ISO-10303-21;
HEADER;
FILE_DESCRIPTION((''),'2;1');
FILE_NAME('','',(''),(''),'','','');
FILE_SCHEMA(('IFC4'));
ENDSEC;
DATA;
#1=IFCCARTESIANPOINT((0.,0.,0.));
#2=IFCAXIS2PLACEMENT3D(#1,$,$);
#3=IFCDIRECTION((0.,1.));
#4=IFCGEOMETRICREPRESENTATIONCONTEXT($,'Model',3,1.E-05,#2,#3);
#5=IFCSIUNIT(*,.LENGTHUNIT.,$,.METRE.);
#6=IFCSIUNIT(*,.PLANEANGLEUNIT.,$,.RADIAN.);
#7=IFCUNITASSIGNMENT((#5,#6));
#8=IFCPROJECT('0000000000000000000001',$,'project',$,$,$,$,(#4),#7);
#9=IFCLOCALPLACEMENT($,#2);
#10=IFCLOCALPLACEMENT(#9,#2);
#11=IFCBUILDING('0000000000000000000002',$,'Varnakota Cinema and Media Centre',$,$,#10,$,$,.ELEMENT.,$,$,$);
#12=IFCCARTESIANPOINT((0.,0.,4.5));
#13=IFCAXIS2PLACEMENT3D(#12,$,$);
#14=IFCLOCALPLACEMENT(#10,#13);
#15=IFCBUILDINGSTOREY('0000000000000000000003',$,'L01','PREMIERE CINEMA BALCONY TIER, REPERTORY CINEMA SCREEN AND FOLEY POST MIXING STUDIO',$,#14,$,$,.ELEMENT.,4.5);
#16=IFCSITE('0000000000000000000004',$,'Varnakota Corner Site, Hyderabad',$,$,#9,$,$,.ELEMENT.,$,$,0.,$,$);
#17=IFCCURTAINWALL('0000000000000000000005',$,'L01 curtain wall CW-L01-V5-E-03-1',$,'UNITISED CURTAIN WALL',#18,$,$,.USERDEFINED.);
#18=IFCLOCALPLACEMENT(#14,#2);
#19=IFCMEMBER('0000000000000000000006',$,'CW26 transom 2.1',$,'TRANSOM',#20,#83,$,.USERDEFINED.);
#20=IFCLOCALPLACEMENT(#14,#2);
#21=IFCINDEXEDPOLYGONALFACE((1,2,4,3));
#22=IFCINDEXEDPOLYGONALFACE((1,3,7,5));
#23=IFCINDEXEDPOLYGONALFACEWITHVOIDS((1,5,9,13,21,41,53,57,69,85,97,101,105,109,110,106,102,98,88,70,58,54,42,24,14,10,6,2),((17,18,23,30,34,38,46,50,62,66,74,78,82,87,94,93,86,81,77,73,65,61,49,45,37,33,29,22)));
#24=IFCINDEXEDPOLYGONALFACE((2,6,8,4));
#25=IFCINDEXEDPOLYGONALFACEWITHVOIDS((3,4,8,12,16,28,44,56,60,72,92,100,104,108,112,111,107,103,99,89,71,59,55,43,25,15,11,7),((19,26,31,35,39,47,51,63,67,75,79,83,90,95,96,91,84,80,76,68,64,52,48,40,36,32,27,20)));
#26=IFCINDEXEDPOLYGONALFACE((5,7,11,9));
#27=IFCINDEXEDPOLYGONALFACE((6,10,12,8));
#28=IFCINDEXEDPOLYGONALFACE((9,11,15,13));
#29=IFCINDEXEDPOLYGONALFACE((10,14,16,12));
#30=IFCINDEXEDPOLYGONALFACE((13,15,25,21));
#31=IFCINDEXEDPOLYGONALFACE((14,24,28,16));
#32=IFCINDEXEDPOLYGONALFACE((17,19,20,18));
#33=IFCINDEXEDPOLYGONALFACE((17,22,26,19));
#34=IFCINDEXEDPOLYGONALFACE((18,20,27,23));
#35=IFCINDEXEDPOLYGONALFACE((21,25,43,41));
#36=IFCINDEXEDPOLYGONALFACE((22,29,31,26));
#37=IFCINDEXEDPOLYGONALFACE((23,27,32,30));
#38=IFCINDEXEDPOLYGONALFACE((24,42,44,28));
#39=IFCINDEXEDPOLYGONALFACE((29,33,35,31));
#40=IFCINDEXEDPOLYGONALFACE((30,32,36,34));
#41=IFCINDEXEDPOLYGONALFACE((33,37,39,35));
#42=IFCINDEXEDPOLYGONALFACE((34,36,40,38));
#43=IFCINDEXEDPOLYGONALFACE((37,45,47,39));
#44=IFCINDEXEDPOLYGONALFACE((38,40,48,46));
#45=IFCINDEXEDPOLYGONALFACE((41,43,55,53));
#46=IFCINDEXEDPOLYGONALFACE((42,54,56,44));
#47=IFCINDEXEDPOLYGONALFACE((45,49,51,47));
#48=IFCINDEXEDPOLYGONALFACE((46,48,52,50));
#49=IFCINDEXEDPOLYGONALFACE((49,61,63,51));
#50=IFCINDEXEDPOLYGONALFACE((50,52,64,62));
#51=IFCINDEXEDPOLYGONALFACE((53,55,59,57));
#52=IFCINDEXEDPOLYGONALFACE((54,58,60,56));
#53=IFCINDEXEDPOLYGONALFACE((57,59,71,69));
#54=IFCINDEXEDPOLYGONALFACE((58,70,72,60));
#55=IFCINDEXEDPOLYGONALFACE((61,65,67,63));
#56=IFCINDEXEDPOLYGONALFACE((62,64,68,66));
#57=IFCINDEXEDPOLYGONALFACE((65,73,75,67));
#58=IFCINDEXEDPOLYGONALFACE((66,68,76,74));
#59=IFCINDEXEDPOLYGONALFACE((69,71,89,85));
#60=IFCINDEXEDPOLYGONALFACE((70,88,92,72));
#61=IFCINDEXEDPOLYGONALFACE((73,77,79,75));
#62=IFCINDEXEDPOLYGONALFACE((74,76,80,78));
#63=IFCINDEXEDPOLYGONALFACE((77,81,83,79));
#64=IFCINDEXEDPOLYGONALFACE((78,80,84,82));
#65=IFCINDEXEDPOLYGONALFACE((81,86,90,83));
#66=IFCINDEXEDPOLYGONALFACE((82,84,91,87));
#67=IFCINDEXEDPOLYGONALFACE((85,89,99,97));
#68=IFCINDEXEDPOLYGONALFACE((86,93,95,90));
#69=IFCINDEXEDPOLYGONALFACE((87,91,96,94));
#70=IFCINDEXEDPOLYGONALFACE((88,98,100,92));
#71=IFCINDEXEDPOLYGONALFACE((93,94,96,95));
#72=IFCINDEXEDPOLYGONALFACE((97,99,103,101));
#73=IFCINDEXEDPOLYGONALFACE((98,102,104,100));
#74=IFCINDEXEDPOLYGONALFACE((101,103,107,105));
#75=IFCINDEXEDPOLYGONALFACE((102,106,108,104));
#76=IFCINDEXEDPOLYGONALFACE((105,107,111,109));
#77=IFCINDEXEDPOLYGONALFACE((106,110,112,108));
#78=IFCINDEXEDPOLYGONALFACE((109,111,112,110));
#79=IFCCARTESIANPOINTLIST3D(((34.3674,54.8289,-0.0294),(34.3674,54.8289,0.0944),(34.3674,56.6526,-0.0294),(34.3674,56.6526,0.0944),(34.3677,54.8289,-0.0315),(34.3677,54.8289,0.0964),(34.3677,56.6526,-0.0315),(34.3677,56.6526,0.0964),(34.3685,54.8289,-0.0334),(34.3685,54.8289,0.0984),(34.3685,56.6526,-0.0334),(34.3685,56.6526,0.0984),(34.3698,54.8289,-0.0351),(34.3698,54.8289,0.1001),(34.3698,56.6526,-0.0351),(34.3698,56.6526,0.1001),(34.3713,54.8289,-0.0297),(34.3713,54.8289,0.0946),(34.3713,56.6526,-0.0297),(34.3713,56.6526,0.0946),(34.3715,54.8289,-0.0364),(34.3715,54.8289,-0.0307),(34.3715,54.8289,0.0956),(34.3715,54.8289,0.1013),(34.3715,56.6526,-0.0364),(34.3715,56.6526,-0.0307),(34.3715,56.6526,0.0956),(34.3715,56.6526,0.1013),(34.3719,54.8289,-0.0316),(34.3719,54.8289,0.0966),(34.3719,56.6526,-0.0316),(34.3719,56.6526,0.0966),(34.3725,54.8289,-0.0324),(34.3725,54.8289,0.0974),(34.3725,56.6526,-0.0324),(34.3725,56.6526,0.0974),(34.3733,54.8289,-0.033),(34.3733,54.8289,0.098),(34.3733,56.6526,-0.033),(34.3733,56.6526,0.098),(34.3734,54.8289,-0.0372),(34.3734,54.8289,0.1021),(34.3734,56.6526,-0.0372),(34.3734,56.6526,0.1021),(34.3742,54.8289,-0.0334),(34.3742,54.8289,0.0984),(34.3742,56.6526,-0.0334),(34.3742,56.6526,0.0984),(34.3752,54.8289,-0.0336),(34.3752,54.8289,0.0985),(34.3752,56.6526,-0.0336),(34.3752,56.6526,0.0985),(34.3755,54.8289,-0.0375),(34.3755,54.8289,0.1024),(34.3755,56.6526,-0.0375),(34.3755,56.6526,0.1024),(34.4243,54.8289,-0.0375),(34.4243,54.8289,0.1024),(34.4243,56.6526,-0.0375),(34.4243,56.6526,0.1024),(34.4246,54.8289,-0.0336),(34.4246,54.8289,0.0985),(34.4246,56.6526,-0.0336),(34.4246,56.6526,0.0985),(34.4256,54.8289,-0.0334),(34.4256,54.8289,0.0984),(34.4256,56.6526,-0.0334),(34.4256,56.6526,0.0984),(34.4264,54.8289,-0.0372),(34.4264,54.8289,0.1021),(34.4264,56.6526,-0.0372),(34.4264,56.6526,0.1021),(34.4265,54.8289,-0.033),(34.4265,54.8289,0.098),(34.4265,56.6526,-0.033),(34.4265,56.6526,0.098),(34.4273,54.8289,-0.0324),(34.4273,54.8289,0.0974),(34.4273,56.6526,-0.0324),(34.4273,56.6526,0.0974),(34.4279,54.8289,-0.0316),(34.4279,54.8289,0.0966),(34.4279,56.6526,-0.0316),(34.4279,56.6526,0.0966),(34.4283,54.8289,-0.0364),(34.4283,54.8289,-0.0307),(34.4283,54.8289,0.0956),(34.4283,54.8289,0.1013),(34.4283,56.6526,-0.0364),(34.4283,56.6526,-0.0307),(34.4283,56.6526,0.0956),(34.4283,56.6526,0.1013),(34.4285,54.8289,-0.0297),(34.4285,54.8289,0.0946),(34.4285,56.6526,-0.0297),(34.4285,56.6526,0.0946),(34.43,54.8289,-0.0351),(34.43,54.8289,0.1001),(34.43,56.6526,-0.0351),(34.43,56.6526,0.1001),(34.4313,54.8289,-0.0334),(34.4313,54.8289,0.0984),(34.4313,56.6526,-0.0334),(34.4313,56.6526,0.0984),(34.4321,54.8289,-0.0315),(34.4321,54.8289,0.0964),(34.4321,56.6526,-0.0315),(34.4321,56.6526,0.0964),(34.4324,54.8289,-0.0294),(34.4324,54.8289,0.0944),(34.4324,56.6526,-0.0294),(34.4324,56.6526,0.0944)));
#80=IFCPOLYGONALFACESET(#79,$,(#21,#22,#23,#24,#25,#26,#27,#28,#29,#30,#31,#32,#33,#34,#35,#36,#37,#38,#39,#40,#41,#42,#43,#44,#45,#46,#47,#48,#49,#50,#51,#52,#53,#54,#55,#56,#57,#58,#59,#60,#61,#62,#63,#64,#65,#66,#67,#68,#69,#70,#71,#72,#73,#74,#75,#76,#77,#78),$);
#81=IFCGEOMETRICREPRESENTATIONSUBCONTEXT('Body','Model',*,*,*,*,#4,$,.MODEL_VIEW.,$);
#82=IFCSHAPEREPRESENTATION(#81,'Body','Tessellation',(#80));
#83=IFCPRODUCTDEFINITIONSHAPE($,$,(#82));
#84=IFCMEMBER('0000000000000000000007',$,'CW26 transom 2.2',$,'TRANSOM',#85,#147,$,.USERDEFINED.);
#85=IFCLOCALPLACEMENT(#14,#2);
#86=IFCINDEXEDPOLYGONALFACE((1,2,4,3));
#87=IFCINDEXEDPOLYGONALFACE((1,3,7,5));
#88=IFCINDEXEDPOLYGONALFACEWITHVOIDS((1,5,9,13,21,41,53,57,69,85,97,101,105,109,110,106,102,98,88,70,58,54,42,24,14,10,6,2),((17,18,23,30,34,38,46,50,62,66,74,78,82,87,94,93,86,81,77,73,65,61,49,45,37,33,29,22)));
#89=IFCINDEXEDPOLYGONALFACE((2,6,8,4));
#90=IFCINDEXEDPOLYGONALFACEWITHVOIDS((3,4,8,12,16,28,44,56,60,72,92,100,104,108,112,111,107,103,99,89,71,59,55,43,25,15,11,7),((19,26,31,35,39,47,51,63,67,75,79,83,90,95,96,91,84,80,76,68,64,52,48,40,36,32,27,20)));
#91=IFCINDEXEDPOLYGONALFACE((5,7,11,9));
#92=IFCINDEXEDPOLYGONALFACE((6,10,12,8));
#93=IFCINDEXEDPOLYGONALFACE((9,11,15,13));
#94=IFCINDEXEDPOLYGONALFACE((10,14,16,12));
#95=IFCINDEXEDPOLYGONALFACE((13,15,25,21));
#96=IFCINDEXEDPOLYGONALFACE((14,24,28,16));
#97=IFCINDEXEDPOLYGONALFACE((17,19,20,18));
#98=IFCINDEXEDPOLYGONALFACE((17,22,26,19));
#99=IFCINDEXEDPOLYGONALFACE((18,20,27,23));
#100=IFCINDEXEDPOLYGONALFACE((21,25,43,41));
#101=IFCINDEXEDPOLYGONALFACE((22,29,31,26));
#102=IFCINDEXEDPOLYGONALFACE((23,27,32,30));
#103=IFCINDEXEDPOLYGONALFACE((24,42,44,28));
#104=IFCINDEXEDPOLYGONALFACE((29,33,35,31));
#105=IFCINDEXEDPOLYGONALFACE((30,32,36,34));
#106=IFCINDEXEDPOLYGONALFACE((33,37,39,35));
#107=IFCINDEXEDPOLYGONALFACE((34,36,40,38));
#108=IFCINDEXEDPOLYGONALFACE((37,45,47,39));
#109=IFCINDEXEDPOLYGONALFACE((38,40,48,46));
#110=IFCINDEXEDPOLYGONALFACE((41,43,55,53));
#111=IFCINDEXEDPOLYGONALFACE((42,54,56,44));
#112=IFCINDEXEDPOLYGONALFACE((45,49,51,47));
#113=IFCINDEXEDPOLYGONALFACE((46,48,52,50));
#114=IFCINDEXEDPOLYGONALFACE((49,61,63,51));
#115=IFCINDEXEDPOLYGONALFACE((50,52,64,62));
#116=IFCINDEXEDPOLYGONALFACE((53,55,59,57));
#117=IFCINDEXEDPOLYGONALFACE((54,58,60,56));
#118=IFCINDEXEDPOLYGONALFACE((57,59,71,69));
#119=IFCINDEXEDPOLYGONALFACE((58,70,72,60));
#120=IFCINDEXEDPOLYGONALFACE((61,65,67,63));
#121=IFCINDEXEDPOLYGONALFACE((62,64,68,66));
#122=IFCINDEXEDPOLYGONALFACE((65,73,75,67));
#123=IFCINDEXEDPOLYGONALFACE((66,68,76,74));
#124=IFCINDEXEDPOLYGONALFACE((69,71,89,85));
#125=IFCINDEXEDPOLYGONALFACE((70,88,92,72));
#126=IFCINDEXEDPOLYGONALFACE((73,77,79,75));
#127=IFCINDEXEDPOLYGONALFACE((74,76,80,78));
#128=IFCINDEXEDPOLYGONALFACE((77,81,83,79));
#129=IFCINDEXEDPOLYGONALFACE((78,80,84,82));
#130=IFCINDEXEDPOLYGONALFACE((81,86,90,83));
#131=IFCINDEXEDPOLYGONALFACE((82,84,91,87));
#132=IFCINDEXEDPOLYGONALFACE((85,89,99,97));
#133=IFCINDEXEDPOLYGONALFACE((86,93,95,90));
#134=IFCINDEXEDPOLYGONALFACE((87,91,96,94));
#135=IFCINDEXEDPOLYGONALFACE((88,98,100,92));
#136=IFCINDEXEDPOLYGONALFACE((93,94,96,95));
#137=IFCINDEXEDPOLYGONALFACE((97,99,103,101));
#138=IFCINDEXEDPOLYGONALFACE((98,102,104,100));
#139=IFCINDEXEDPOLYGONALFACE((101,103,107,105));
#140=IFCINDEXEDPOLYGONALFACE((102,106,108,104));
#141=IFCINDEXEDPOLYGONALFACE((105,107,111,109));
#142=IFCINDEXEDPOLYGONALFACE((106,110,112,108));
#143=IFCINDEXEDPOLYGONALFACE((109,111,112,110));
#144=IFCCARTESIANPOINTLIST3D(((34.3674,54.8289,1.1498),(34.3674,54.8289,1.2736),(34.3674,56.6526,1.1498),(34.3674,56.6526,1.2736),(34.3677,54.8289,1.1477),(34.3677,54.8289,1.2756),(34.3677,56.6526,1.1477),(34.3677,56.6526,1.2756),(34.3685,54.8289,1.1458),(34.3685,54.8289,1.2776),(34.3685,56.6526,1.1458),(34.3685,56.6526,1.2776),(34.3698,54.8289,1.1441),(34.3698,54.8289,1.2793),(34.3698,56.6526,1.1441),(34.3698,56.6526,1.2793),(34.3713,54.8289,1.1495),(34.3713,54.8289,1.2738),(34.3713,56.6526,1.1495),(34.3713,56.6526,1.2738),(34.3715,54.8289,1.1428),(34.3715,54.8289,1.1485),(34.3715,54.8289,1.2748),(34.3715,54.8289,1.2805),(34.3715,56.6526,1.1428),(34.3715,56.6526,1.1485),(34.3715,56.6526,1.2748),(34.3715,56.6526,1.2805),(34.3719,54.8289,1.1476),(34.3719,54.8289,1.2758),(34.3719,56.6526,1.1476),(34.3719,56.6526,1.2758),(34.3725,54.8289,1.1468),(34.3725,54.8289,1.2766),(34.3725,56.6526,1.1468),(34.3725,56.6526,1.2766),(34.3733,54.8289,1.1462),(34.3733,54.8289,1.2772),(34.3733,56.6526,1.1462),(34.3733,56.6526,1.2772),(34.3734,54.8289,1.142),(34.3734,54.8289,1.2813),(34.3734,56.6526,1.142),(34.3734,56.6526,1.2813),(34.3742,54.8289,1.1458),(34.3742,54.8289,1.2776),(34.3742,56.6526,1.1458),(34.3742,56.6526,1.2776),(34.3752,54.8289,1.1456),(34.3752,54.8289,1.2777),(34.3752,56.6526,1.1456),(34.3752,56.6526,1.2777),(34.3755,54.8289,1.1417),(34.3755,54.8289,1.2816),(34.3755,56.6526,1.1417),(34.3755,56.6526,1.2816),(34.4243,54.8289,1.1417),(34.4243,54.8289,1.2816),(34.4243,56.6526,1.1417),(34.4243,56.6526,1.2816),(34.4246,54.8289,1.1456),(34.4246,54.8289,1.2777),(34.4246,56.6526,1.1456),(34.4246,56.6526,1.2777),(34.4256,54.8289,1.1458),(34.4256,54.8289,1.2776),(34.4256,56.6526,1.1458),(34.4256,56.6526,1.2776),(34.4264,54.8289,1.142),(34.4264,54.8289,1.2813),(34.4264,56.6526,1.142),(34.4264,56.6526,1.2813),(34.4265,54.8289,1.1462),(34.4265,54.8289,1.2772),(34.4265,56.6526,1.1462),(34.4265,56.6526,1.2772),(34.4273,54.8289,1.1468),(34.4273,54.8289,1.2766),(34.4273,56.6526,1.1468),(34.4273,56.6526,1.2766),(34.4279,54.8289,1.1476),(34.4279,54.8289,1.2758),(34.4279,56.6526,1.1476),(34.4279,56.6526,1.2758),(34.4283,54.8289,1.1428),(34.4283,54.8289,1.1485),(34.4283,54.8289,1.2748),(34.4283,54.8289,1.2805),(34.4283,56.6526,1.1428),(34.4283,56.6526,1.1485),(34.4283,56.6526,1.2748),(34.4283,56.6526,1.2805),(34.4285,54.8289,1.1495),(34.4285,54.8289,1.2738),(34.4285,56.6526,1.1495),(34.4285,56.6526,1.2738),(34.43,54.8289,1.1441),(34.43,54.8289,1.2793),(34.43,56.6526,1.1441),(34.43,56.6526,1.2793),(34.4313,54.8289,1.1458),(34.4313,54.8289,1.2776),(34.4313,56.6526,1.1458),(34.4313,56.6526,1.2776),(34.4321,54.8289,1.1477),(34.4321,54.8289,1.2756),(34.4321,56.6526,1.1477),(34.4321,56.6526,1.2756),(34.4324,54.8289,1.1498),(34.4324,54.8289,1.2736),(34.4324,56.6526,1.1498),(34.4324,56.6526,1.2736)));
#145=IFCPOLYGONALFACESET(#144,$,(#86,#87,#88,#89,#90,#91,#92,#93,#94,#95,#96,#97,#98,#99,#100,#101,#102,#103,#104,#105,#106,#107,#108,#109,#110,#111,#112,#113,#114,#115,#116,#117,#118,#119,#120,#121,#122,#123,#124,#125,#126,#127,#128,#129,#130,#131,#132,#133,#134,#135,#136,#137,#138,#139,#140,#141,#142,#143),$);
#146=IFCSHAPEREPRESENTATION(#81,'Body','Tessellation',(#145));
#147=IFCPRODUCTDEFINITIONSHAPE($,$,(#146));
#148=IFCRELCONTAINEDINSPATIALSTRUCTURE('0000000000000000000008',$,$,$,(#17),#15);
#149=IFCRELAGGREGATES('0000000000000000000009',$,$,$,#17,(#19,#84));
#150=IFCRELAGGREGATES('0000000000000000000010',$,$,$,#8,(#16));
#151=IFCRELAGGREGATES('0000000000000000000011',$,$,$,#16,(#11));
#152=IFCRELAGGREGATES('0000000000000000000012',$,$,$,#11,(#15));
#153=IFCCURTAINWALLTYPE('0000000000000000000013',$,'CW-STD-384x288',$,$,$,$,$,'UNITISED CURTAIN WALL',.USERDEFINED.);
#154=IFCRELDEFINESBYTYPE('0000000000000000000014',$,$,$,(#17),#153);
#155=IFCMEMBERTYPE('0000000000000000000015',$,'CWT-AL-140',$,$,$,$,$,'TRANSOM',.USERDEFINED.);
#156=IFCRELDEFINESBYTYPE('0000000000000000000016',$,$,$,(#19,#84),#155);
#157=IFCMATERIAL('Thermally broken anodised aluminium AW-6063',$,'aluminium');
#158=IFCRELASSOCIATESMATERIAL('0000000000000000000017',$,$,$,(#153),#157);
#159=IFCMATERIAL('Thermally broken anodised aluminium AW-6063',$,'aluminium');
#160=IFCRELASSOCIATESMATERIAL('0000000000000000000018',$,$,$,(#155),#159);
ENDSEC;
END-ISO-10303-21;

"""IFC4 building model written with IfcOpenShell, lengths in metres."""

from ifc_helpers import new_model, si_unit, direction, frame, origin, origin_2d, place, context, subcontext, project, spatial, hollow_rectangle, extrude, material, material_profile, profile_set, type_object, element, aggregate, save


model = new_model("IFC4")

# Units and contexts
model_context = context("Model", 3, precision=1e-05, world=origin(), true_north=direction((0.0, 1.0)))
body_context = subcontext(model_context, "Body", "Model", "MODEL_VIEW")
ifc_project = project(units=[si_unit("LENGTHUNIT", "METRE"), si_unit("PLANEANGLEUNIT", "RADIAN")], contexts=[model_context])

# Site, building, storey
site_placement = place(None, origin())
site = spatial("IfcSite", under=ifc_project, at=site_placement, Name="Varnakota Corner Site, Hyderabad", CompositionType="ELEMENT", RefElevation=0.0)
building_placement = place(site_placement, origin())
building = spatial("IfcBuilding", under=site, at=building_placement, Name="Varnakota Cinema and Media Centre", CompositionType="ELEMENT")
storey_placement = place(building_placement, frame((0.0, 0.0, 4.5)))
storey = spatial("IfcBuildingStorey", under=building, at=storey_placement, Name="L01", Description="PREMIERE CINEMA BALCONY TIER, REPERTORY CINEMA SCREEN AND FOLEY POST MIXING STUDIO", CompositionType="ELEMENT", Elevation=4.5)

# Curtain wall
ifc_material_1 = material(Name="Thermally broken anodised aluminium AW-6063", Category="aluminium")
curtain_wall_type_1 = type_object("IfcCurtainWallType", Name="CW-STD-384x288", ElementType="UNITISED CURTAIN WALL", PredefinedType="USERDEFINED", material=ifc_material_1)
curtain_wall_1_placement = place(storey_placement, origin())
curtain_wall_1 = element("IfcCurtainWall", 1, at=curtain_wall_1_placement, inside=storey, type_object=curtain_wall_type_1, Name="L01 curtain wall CW-L01-V5-E-03-1", ObjectType="UNITISED CURTAIN WALL", PredefinedType="USERDEFINED")

# Members
ifc_material_2 = material(Name="Thermally broken anodised aluminium AW-6063", Category="aluminium")
ifc_material_profile_1 = material_profile(ifc_material_2, hollow_rectangle(XDim=0.0649, YDim=0.1399, WallThickness=0.0039, InnerFilletRadius=0.0039, OuterFilletRadius=0.0081, at=origin_2d()), Name="AL-TRANSOM 140x65x4")
ifc_profile_set_1 = profile_set([ifc_material_profile_1], Name="Thermally broken anodised aluminium AW-6063")
member_type_1 = type_object("IfcMemberType", Name="CWT-AL-140", ElementType="TRANSOM", PredefinedType="USERDEFINED", material=ifc_profile_set_1)
member_1_placement = place(storey_placement, frame((34.3999, 54.8289, 0.0325), z_axis=(0.0, 1.0, 0.0), x_axis=(-1.0, 0.0, 0.0)))
member_1 = element("IfcMember", 2, at=member_1_placement, type_object=member_type_1, Name="CW26 transom 2.1", ObjectType="TRANSOM", PredefinedType="USERDEFINED", context=body_context, shape_type="SweptSolid", body=[
    extrude(hollow_rectangle(XDim=0.0649, YDim=0.1399, WallThickness=0.0039, InnerFilletRadius=0.0039, OuterFilletRadius=0.0081, at=origin_2d()), origin(), (0.0, 0.0, 1.0), 1.8237),
])
member_2_placement = place(storey_placement, frame((34.3999, 54.8289, 1.2117), z_axis=(0.0, 1.0, 0.0), x_axis=(-1.0, 0.0, 0.0)))
member_2 = element("IfcMember", 3, at=member_2_placement, type_object=member_type_1, Name="CW26 transom 2.2", ObjectType="TRANSOM", PredefinedType="USERDEFINED", context=body_context, shape_type="SweptSolid", body=[
    extrude(hollow_rectangle(XDim=0.0649, YDim=0.1399, WallThickness=0.0039, InnerFilletRadius=0.0039, OuterFilletRadius=0.0081, at=origin_2d()), origin(), (0.0, 0.0, 1.0), 1.8237),
])

aggregate(curtain_wall_1, [member_1, member_2])

save(model, "model.ifc")
